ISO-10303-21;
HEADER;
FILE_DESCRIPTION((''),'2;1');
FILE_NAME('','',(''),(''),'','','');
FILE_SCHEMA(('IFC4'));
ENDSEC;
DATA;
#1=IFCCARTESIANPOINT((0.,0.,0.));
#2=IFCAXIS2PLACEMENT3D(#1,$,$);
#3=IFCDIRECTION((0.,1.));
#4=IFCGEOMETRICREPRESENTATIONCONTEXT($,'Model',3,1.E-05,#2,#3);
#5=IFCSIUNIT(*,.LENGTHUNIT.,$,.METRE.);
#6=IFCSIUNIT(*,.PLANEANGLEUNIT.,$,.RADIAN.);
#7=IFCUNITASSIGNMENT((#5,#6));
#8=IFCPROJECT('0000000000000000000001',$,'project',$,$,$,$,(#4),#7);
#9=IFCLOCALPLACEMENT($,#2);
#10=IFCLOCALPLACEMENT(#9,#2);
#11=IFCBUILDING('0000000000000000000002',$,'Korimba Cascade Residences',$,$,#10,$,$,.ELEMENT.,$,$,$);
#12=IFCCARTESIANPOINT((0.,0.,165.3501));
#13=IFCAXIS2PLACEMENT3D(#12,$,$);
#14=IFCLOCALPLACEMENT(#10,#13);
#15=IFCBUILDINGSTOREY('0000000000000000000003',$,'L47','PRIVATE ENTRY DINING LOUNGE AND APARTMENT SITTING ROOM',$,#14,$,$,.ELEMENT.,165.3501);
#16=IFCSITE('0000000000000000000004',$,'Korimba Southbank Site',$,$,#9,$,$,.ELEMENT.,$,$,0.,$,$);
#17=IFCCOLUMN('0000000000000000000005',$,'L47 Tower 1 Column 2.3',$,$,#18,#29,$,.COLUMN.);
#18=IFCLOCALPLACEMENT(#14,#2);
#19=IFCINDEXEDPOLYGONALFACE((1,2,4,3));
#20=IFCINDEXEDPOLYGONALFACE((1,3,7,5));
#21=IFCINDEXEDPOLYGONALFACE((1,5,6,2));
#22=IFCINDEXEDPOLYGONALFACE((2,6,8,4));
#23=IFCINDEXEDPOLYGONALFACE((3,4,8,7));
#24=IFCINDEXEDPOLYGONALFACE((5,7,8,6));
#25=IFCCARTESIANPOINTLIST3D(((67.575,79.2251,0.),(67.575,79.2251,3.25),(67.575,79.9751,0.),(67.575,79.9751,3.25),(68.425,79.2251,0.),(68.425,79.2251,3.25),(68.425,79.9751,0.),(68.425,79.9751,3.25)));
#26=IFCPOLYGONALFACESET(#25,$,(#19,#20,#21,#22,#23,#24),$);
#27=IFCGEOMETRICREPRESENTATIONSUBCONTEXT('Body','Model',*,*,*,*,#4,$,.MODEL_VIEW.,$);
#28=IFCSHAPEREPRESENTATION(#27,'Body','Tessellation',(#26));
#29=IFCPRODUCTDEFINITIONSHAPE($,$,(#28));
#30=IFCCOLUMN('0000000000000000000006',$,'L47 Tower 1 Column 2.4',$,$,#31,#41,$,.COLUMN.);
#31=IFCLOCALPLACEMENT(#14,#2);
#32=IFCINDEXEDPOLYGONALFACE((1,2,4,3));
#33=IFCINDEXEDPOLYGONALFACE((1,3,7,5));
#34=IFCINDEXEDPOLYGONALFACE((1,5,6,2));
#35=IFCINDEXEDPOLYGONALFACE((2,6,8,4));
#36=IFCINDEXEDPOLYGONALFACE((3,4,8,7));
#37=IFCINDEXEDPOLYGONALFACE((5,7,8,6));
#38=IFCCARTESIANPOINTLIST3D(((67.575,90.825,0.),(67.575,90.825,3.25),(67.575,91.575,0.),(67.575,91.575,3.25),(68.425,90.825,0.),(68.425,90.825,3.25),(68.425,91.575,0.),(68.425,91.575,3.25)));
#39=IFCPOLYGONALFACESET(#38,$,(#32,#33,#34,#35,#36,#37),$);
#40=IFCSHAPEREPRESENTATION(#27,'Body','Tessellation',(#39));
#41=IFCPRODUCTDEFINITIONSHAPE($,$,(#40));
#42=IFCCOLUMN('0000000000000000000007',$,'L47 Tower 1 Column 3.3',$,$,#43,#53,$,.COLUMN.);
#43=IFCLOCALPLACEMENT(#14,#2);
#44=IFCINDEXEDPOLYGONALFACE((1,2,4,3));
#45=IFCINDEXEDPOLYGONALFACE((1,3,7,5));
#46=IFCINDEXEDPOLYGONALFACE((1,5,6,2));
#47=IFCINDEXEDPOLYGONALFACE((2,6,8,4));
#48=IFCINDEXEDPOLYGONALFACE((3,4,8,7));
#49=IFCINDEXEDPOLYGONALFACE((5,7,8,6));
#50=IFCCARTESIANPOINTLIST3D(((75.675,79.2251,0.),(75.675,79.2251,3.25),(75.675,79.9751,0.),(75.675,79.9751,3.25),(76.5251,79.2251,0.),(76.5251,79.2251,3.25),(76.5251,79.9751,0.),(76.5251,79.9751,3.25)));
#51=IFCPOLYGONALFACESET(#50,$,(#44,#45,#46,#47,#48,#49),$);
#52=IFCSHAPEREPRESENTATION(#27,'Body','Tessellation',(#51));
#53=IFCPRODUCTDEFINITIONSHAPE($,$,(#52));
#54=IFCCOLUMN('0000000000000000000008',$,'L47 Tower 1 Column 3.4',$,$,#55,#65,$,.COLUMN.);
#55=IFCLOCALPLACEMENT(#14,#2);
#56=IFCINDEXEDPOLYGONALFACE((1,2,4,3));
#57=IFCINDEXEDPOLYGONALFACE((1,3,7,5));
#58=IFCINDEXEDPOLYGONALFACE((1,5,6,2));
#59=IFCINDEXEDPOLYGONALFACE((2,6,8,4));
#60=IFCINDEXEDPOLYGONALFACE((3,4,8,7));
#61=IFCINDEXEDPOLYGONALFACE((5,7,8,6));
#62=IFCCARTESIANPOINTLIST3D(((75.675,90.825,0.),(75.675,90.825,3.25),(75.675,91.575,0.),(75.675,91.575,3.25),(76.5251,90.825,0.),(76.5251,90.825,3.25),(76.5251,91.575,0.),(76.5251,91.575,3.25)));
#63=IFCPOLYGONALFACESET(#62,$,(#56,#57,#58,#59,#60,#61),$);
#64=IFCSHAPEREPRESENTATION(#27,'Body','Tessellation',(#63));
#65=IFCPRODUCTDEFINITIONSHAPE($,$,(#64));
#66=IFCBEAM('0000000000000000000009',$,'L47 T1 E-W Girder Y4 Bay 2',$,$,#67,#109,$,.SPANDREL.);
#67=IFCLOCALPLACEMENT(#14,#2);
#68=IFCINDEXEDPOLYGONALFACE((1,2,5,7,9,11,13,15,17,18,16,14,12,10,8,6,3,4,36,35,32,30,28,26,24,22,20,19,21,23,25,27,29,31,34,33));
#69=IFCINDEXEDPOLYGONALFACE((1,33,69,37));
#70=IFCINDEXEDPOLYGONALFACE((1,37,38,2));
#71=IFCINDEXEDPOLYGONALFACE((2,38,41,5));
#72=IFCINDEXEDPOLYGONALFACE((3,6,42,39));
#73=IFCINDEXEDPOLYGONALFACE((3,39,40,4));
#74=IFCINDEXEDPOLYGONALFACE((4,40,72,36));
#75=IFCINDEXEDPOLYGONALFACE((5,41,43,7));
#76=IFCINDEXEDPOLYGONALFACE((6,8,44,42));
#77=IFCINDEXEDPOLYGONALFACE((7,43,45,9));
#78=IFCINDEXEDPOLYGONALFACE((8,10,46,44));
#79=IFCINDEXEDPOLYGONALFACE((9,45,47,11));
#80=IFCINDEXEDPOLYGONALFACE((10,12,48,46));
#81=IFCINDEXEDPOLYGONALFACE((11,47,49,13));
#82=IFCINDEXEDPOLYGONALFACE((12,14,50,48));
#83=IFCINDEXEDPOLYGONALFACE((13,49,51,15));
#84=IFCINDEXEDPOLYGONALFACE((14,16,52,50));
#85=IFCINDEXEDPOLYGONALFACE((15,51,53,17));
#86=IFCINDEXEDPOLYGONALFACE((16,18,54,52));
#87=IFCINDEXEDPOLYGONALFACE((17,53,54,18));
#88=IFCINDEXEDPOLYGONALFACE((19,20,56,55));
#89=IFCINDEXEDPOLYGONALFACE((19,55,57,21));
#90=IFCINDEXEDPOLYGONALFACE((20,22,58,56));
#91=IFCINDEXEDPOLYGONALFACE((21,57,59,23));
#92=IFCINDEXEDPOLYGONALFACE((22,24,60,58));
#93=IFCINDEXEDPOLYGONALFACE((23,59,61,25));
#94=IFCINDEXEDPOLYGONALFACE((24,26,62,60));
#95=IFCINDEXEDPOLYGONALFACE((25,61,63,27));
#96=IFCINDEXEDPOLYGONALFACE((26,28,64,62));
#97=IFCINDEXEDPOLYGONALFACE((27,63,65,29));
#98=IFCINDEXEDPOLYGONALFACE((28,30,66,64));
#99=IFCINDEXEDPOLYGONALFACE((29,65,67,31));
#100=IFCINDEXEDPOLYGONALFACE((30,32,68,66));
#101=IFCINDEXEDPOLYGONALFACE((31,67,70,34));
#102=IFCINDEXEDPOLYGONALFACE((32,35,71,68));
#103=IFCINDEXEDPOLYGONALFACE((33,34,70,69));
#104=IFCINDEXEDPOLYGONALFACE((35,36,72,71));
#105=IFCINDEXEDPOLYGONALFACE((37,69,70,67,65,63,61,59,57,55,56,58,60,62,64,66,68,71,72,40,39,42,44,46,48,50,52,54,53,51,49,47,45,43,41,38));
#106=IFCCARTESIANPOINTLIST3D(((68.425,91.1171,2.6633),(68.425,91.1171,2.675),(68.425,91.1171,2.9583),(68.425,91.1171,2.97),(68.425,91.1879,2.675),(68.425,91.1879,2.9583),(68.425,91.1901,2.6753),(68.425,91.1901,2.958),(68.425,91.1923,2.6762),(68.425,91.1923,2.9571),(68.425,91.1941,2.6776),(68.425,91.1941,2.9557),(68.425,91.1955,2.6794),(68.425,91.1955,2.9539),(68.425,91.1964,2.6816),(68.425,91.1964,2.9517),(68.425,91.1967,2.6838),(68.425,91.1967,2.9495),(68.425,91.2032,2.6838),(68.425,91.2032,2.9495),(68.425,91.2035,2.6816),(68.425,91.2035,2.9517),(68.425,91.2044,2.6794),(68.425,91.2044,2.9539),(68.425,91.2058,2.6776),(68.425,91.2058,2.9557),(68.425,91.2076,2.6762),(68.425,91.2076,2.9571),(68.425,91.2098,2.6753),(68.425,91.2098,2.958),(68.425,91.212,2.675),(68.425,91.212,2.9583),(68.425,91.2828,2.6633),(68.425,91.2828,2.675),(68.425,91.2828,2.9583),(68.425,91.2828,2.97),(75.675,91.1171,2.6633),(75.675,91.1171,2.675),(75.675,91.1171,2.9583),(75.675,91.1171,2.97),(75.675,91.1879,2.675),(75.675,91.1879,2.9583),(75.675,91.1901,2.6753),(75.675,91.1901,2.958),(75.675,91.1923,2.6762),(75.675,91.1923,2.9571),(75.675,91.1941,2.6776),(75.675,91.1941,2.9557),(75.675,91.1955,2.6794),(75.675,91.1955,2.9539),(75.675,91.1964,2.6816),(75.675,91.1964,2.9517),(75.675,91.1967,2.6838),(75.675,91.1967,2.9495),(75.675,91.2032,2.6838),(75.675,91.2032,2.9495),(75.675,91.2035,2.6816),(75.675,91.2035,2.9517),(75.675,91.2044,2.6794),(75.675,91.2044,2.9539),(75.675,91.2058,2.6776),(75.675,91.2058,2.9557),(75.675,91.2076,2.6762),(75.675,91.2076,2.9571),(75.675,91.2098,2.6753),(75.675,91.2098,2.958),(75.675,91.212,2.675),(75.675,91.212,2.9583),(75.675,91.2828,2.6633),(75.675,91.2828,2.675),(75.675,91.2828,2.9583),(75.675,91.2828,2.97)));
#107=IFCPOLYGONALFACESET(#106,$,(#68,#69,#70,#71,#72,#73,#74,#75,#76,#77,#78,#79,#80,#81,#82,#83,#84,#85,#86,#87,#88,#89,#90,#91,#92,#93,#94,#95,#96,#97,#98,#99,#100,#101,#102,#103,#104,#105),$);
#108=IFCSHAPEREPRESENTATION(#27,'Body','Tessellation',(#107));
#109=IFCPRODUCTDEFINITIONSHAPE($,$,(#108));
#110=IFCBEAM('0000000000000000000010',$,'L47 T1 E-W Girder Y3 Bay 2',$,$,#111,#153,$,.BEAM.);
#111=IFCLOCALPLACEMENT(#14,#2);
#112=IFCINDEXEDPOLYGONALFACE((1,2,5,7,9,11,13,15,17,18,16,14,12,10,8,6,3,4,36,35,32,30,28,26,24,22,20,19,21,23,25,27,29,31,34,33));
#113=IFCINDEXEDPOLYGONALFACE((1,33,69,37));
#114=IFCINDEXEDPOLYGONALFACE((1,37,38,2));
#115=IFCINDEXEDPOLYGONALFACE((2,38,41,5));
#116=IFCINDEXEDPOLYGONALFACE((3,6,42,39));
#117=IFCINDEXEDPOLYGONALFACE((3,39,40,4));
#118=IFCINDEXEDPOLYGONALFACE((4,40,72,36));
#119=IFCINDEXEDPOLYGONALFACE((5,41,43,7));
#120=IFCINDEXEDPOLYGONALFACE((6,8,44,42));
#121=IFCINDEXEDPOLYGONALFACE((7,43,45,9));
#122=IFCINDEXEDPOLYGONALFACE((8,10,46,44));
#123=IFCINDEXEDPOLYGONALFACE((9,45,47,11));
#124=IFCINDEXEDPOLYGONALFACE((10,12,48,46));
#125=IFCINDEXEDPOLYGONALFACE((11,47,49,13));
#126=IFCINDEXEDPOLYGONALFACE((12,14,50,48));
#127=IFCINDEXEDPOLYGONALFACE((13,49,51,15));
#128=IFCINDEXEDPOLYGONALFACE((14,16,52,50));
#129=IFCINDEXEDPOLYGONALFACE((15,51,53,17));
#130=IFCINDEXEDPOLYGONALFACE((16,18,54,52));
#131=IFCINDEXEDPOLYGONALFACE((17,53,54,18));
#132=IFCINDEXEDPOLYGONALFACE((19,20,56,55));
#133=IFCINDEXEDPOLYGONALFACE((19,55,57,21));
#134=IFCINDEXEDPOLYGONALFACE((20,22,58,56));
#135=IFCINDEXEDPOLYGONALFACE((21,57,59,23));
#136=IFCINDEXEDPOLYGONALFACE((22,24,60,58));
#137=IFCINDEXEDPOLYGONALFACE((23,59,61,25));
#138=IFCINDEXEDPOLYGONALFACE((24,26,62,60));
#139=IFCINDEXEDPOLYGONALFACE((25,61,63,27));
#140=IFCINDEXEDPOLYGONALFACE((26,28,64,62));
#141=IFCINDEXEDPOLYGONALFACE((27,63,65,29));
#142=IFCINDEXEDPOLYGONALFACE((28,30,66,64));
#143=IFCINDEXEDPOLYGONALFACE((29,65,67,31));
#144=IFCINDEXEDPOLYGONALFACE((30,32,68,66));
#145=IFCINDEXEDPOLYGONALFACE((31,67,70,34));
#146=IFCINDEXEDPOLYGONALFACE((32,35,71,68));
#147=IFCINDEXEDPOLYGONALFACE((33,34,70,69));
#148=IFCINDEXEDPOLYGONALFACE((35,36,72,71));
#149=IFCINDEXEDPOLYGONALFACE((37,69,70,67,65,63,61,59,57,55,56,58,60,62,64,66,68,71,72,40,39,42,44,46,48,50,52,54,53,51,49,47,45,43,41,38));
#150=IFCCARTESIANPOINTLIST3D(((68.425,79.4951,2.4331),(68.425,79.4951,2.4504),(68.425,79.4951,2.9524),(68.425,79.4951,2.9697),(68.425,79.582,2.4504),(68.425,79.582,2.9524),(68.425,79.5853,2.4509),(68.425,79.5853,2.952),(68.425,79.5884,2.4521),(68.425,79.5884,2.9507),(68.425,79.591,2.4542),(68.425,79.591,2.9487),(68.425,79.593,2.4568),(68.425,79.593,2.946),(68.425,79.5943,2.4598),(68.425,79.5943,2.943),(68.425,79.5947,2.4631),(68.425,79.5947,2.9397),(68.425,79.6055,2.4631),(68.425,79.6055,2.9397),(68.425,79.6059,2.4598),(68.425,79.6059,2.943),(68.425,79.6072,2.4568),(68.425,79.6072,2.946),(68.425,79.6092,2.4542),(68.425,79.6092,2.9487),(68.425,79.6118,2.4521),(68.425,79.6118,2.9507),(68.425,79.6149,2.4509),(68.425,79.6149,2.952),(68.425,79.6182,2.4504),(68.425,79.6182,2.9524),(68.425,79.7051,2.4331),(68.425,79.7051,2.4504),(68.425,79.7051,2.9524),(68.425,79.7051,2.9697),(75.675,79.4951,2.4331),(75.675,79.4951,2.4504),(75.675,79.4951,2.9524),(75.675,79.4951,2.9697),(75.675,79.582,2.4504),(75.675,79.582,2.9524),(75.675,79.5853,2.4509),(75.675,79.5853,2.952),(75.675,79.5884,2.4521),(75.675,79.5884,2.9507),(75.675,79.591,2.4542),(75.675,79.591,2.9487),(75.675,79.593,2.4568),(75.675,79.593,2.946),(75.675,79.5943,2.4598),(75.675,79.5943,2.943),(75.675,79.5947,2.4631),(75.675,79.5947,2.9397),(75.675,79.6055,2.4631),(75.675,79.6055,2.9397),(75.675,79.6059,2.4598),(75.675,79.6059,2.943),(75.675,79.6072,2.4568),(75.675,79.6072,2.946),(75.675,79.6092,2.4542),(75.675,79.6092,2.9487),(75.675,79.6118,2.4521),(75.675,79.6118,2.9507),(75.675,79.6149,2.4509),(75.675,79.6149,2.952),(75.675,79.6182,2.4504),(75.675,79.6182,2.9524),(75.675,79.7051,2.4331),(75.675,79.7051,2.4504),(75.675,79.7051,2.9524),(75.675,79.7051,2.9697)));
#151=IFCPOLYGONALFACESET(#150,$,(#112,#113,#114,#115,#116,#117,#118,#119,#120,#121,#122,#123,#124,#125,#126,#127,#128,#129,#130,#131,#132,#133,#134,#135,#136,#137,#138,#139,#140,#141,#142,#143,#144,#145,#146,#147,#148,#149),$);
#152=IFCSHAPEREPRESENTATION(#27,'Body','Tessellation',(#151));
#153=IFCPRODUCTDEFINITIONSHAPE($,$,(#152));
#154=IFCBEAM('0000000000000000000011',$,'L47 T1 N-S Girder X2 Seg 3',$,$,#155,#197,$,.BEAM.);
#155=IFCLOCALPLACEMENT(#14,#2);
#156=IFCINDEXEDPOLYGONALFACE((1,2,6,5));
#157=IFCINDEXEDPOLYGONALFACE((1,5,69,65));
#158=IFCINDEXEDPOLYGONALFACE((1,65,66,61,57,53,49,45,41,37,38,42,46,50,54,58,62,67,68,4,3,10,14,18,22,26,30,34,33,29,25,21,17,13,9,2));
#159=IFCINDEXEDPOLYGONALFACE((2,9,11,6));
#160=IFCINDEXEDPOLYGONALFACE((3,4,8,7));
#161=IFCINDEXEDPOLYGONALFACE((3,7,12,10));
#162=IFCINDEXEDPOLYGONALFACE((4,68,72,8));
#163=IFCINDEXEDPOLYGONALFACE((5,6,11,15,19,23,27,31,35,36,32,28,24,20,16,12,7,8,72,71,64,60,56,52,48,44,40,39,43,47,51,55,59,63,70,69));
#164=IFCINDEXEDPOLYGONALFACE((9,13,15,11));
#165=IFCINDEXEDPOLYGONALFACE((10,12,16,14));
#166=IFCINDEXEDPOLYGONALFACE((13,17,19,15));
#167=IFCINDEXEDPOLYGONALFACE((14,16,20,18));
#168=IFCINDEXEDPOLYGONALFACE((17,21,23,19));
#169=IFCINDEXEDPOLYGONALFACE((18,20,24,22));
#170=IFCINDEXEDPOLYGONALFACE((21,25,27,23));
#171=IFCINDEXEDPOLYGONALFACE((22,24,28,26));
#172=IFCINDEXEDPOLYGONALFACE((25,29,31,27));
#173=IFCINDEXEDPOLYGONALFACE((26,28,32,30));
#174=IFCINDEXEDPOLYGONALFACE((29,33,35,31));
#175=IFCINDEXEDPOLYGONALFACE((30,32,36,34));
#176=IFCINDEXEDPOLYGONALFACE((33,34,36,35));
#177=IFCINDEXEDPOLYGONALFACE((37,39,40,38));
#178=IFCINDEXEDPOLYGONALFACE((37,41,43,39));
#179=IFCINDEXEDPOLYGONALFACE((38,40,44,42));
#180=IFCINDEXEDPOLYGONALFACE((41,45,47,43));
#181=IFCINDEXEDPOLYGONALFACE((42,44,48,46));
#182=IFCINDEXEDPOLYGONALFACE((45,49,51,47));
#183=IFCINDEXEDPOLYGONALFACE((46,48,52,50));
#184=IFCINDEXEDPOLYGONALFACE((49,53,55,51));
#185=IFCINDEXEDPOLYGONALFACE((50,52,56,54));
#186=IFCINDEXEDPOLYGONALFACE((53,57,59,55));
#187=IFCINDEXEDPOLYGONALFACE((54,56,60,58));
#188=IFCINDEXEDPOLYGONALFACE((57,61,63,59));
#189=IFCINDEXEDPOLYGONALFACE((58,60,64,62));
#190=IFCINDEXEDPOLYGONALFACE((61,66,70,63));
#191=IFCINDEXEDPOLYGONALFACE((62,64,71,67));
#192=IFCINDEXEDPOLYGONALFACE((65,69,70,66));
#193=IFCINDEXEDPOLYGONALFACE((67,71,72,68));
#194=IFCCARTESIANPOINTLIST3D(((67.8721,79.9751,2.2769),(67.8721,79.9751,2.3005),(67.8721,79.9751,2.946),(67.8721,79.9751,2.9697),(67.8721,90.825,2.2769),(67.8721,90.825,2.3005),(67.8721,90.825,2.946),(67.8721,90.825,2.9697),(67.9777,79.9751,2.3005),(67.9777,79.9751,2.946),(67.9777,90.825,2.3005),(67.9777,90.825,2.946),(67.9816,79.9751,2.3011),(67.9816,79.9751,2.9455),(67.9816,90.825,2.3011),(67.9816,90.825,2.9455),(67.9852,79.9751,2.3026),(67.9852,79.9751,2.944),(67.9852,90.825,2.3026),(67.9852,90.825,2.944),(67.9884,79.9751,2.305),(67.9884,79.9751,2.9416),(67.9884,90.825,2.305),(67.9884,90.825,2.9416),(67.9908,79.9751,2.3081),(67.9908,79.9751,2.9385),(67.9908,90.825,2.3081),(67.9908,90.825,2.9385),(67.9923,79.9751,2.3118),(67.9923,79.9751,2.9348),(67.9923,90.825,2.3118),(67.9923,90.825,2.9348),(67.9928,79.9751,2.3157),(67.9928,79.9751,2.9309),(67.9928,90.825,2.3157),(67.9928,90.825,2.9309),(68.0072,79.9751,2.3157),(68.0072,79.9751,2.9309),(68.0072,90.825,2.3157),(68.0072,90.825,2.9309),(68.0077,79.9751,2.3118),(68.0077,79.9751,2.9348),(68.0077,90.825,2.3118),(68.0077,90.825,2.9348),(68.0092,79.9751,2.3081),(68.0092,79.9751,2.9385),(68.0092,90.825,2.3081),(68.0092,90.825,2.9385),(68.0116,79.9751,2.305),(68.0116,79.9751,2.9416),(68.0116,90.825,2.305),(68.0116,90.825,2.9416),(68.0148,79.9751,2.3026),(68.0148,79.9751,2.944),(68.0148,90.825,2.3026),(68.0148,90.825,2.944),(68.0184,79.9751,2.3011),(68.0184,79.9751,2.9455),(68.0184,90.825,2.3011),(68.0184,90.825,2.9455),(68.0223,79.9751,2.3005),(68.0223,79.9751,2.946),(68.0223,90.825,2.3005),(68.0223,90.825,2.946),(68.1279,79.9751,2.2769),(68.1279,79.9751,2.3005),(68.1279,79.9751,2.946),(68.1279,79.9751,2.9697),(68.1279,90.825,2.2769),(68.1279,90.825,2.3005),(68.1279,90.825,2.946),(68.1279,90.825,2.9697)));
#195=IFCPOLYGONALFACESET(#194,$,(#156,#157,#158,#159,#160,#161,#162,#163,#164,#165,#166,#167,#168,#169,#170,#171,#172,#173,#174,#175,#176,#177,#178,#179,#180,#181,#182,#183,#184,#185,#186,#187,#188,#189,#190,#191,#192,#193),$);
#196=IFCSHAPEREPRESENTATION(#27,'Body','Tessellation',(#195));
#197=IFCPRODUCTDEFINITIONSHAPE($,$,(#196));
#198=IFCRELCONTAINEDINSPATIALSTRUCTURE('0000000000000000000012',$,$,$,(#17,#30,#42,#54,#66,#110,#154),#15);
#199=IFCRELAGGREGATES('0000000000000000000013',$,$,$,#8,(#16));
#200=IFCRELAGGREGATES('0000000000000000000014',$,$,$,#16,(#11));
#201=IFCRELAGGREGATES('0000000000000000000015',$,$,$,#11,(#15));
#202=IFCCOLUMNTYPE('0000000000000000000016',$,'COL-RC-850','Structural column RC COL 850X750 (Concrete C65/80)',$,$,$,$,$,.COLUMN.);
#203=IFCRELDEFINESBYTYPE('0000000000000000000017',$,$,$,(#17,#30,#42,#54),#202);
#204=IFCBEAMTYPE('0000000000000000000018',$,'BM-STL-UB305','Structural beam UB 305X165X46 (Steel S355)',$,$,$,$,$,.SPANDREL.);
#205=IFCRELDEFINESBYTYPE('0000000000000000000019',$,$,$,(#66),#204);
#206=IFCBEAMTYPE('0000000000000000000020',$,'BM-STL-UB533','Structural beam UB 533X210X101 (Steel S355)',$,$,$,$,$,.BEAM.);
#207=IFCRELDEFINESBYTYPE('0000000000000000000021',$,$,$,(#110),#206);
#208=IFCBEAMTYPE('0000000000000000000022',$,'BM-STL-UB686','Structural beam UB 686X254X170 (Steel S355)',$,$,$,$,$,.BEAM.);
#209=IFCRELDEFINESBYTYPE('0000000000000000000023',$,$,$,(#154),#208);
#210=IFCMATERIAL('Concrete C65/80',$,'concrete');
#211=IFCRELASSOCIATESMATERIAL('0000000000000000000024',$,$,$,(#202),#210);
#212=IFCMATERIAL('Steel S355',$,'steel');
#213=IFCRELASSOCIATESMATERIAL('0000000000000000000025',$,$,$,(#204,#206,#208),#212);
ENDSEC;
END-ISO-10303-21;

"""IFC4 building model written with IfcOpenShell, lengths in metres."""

from ifc_helpers import new_model, si_unit, direction, frame, origin, origin_2d, place, context, subcontext, project, spatial, rectangle, i_section, extrude, material, material_profile, profile_set, type_object, element, save


model = new_model("IFC4")

# Units and contexts
model_context = context("Model", 3, precision=1e-05, world=origin(), true_north=direction((0.0, 1.0)))
body_context = subcontext(model_context, "Body", "Model", "MODEL_VIEW")
ifc_project = project(units=[si_unit("LENGTHUNIT", "METRE"), si_unit("PLANEANGLEUNIT", "RADIAN")], contexts=[model_context])

# Site, building, storey
site_placement = place(None, origin())
site = spatial("IfcSite", under=ifc_project, at=site_placement, Name="Korimba Southbank Site", CompositionType="ELEMENT", RefElevation=0.0)
building_placement = place(site_placement, origin())
building = spatial("IfcBuilding", under=site, at=building_placement, Name="Korimba Cascade Residences", CompositionType="ELEMENT")
storey_placement = place(building_placement, frame((0.0, 0.0, 165.3501)))
storey = spatial("IfcBuildingStorey", under=building, at=storey_placement, Name="L47", Description="PRIVATE ENTRY DINING LOUNGE AND APARTMENT SITTING ROOM", CompositionType="ELEMENT", Elevation=165.3501)

# Columns
ifc_material_1 = material(Name="Concrete C65/80", Category="concrete")
ifc_material_profile_1 = material_profile(ifc_material_1, rectangle(XDim=0.8501, YDim=0.75, at=origin_2d()), Name="Concrete C65/80")
ifc_profile_set_1 = profile_set([ifc_material_profile_1], Name="Concrete C65/80")
column_type = type_object("IfcColumnType", Name="COL-RC-850", Description="Structural column RC COL 850X750 (Concrete C65/80)", PredefinedType="COLUMN", material=ifc_profile_set_1)
for number, where, z_axis, x_axis, name in (
    (1, (68.0, 79.6001, 0.0), (0.0, 0.0, 1.0), (1.0, 0.0, 0.0), "L47 Tower 1 Column 2.3"),
    (2, (68.0, 91.2, 0.0), (0.0, 0.0, 1.0), (1.0, 0.0, 0.0), "L47 Tower 1 Column 2.4"),
    (3, (76.1001, 79.6001, 0.0), (0.0, 0.0, 1.0), (1.0, 0.0, 0.0), "L47 Tower 1 Column 3.3"),
    (4, (76.1001, 91.2, 0.0), (0.0, 0.0, 1.0), (1.0, 0.0, 0.0), "L47 Tower 1 Column 3.4"),
):
    element("IfcColumn", number, at=place(storey_placement, frame(where, z_axis=z_axis, x_axis=x_axis)), inside=storey, type_object=column_type, Name=name, PredefinedType="COLUMN", context=body_context, shape_type="SweptSolid", body=[
        extrude(rectangle(XDim=0.8501, YDim=0.75, at=origin_2d()), origin(), (0.0, 0.0, 1.0), 3.25),
    ])

# Beams
ifc_material_2 = material(Name="Steel S355", Category="steel")
ifc_material_profile_2 = material_profile(ifc_material_2, i_section(OverallWidth=0.1658, OverallDepth=0.3066, WebThickness=0.0066, FlangeThickness=0.0117, FilletRadius=0.0088, at=origin_2d()), Name="Steel S355")
ifc_profile_set_2 = profile_set([ifc_material_profile_2], Name="Steel S355")
beam_type_1 = type_object("IfcBeamType", Name="BM-STL-UB305", Description="Structural beam UB 305X165X46 (Steel S355)", PredefinedType="SPANDREL", material=ifc_profile_set_2)
beam_1_placement = place(storey_placement, frame((68.425, 91.2, 2.8167), z_axis=(1.0, 0.0, 0.0), x_axis=(0.0, 1.0, 0.0)))
element("IfcBeam", 5, at=beam_1_placement, inside=storey, type_object=beam_type_1, Name="L47 T1 E-W Girder Y4 Bay 2", PredefinedType="SPANDREL", context=body_context, shape_type="SweptSolid", body=[
    extrude(i_section(OverallWidth=0.1658, OverallDepth=0.3066, WebThickness=0.0066, FlangeThickness=0.0117, FilletRadius=0.0088, at=origin_2d()), origin(), (0.0, 0.0, 1.0), 7.25),
])
ifc_material_profile_3 = material_profile(ifc_material_2, i_section(OverallWidth=0.21, OverallDepth=0.5366, WebThickness=0.0107, FlangeThickness=0.0173, FilletRadius=0.0127, at=origin_2d()), Name="Steel S355")
ifc_profile_set_3 = profile_set([ifc_material_profile_3], Name="Steel S355")
beam_type_2 = type_object("IfcBeamType", Name="BM-STL-UB533", Description="Structural beam UB 533X210X101 (Steel S355)", PredefinedType="BEAM", material=ifc_profile_set_3)
beam_2_placement = place(storey_placement, frame((68.425, 79.6001, 2.7014), z_axis=(1.0, 0.0, 0.0), x_axis=(0.0, 1.0, 0.0)))
element("IfcBeam", 6, at=beam_2_placement, inside=storey, type_object=beam_type_2, Name="L47 T1 E-W Girder Y3 Bay 2", PredefinedType="BEAM", context=body_context, shape_type="SweptSolid", body=[
    extrude(i_section(OverallWidth=0.21, OverallDepth=0.5366, WebThickness=0.0107, FlangeThickness=0.0173, FilletRadius=0.0127, at=origin_2d()), origin(), (0.0, 0.0, 1.0), 7.25),
])
ifc_material_profile_4 = material_profile(ifc_material_2, i_section(OverallWidth=0.2559, OverallDepth=0.6929, WebThickness=0.0144, FlangeThickness=0.0237, FilletRadius=0.0151, at=origin_2d()), Name="Steel S355")
ifc_profile_set_4 = profile_set([ifc_material_profile_4], Name="Steel S355")
beam_type_3 = type_object("IfcBeamType", Name="BM-STL-UB686", Description="Structural beam UB 686X254X170 (Steel S355)", PredefinedType="BEAM", material=ifc_profile_set_4)
for number, where, z_axis, x_axis, name in (
    (7, (68.0, 79.9751, 2.6233), (0.0, 1.0, 0.0), (-1.0, 0.0, 0.0), "L47 T1 N-S Girder X2 Seg 3"),
):
    element("IfcBeam", number, at=place(storey_placement, frame(where, z_axis=z_axis, x_axis=x_axis)), inside=storey, type_object=beam_type_3, Name=name, PredefinedType="BEAM", context=body_context, shape_type="SweptSolid", body=[
        extrude(i_section(OverallWidth=0.2559, OverallDepth=0.6929, WebThickness=0.0144, FlangeThickness=0.0237, FilletRadius=0.0151, at=origin_2d()), origin(), (0.0, 0.0, 1.0), 10.8499),
    ])

save(model, "model.ifc")
